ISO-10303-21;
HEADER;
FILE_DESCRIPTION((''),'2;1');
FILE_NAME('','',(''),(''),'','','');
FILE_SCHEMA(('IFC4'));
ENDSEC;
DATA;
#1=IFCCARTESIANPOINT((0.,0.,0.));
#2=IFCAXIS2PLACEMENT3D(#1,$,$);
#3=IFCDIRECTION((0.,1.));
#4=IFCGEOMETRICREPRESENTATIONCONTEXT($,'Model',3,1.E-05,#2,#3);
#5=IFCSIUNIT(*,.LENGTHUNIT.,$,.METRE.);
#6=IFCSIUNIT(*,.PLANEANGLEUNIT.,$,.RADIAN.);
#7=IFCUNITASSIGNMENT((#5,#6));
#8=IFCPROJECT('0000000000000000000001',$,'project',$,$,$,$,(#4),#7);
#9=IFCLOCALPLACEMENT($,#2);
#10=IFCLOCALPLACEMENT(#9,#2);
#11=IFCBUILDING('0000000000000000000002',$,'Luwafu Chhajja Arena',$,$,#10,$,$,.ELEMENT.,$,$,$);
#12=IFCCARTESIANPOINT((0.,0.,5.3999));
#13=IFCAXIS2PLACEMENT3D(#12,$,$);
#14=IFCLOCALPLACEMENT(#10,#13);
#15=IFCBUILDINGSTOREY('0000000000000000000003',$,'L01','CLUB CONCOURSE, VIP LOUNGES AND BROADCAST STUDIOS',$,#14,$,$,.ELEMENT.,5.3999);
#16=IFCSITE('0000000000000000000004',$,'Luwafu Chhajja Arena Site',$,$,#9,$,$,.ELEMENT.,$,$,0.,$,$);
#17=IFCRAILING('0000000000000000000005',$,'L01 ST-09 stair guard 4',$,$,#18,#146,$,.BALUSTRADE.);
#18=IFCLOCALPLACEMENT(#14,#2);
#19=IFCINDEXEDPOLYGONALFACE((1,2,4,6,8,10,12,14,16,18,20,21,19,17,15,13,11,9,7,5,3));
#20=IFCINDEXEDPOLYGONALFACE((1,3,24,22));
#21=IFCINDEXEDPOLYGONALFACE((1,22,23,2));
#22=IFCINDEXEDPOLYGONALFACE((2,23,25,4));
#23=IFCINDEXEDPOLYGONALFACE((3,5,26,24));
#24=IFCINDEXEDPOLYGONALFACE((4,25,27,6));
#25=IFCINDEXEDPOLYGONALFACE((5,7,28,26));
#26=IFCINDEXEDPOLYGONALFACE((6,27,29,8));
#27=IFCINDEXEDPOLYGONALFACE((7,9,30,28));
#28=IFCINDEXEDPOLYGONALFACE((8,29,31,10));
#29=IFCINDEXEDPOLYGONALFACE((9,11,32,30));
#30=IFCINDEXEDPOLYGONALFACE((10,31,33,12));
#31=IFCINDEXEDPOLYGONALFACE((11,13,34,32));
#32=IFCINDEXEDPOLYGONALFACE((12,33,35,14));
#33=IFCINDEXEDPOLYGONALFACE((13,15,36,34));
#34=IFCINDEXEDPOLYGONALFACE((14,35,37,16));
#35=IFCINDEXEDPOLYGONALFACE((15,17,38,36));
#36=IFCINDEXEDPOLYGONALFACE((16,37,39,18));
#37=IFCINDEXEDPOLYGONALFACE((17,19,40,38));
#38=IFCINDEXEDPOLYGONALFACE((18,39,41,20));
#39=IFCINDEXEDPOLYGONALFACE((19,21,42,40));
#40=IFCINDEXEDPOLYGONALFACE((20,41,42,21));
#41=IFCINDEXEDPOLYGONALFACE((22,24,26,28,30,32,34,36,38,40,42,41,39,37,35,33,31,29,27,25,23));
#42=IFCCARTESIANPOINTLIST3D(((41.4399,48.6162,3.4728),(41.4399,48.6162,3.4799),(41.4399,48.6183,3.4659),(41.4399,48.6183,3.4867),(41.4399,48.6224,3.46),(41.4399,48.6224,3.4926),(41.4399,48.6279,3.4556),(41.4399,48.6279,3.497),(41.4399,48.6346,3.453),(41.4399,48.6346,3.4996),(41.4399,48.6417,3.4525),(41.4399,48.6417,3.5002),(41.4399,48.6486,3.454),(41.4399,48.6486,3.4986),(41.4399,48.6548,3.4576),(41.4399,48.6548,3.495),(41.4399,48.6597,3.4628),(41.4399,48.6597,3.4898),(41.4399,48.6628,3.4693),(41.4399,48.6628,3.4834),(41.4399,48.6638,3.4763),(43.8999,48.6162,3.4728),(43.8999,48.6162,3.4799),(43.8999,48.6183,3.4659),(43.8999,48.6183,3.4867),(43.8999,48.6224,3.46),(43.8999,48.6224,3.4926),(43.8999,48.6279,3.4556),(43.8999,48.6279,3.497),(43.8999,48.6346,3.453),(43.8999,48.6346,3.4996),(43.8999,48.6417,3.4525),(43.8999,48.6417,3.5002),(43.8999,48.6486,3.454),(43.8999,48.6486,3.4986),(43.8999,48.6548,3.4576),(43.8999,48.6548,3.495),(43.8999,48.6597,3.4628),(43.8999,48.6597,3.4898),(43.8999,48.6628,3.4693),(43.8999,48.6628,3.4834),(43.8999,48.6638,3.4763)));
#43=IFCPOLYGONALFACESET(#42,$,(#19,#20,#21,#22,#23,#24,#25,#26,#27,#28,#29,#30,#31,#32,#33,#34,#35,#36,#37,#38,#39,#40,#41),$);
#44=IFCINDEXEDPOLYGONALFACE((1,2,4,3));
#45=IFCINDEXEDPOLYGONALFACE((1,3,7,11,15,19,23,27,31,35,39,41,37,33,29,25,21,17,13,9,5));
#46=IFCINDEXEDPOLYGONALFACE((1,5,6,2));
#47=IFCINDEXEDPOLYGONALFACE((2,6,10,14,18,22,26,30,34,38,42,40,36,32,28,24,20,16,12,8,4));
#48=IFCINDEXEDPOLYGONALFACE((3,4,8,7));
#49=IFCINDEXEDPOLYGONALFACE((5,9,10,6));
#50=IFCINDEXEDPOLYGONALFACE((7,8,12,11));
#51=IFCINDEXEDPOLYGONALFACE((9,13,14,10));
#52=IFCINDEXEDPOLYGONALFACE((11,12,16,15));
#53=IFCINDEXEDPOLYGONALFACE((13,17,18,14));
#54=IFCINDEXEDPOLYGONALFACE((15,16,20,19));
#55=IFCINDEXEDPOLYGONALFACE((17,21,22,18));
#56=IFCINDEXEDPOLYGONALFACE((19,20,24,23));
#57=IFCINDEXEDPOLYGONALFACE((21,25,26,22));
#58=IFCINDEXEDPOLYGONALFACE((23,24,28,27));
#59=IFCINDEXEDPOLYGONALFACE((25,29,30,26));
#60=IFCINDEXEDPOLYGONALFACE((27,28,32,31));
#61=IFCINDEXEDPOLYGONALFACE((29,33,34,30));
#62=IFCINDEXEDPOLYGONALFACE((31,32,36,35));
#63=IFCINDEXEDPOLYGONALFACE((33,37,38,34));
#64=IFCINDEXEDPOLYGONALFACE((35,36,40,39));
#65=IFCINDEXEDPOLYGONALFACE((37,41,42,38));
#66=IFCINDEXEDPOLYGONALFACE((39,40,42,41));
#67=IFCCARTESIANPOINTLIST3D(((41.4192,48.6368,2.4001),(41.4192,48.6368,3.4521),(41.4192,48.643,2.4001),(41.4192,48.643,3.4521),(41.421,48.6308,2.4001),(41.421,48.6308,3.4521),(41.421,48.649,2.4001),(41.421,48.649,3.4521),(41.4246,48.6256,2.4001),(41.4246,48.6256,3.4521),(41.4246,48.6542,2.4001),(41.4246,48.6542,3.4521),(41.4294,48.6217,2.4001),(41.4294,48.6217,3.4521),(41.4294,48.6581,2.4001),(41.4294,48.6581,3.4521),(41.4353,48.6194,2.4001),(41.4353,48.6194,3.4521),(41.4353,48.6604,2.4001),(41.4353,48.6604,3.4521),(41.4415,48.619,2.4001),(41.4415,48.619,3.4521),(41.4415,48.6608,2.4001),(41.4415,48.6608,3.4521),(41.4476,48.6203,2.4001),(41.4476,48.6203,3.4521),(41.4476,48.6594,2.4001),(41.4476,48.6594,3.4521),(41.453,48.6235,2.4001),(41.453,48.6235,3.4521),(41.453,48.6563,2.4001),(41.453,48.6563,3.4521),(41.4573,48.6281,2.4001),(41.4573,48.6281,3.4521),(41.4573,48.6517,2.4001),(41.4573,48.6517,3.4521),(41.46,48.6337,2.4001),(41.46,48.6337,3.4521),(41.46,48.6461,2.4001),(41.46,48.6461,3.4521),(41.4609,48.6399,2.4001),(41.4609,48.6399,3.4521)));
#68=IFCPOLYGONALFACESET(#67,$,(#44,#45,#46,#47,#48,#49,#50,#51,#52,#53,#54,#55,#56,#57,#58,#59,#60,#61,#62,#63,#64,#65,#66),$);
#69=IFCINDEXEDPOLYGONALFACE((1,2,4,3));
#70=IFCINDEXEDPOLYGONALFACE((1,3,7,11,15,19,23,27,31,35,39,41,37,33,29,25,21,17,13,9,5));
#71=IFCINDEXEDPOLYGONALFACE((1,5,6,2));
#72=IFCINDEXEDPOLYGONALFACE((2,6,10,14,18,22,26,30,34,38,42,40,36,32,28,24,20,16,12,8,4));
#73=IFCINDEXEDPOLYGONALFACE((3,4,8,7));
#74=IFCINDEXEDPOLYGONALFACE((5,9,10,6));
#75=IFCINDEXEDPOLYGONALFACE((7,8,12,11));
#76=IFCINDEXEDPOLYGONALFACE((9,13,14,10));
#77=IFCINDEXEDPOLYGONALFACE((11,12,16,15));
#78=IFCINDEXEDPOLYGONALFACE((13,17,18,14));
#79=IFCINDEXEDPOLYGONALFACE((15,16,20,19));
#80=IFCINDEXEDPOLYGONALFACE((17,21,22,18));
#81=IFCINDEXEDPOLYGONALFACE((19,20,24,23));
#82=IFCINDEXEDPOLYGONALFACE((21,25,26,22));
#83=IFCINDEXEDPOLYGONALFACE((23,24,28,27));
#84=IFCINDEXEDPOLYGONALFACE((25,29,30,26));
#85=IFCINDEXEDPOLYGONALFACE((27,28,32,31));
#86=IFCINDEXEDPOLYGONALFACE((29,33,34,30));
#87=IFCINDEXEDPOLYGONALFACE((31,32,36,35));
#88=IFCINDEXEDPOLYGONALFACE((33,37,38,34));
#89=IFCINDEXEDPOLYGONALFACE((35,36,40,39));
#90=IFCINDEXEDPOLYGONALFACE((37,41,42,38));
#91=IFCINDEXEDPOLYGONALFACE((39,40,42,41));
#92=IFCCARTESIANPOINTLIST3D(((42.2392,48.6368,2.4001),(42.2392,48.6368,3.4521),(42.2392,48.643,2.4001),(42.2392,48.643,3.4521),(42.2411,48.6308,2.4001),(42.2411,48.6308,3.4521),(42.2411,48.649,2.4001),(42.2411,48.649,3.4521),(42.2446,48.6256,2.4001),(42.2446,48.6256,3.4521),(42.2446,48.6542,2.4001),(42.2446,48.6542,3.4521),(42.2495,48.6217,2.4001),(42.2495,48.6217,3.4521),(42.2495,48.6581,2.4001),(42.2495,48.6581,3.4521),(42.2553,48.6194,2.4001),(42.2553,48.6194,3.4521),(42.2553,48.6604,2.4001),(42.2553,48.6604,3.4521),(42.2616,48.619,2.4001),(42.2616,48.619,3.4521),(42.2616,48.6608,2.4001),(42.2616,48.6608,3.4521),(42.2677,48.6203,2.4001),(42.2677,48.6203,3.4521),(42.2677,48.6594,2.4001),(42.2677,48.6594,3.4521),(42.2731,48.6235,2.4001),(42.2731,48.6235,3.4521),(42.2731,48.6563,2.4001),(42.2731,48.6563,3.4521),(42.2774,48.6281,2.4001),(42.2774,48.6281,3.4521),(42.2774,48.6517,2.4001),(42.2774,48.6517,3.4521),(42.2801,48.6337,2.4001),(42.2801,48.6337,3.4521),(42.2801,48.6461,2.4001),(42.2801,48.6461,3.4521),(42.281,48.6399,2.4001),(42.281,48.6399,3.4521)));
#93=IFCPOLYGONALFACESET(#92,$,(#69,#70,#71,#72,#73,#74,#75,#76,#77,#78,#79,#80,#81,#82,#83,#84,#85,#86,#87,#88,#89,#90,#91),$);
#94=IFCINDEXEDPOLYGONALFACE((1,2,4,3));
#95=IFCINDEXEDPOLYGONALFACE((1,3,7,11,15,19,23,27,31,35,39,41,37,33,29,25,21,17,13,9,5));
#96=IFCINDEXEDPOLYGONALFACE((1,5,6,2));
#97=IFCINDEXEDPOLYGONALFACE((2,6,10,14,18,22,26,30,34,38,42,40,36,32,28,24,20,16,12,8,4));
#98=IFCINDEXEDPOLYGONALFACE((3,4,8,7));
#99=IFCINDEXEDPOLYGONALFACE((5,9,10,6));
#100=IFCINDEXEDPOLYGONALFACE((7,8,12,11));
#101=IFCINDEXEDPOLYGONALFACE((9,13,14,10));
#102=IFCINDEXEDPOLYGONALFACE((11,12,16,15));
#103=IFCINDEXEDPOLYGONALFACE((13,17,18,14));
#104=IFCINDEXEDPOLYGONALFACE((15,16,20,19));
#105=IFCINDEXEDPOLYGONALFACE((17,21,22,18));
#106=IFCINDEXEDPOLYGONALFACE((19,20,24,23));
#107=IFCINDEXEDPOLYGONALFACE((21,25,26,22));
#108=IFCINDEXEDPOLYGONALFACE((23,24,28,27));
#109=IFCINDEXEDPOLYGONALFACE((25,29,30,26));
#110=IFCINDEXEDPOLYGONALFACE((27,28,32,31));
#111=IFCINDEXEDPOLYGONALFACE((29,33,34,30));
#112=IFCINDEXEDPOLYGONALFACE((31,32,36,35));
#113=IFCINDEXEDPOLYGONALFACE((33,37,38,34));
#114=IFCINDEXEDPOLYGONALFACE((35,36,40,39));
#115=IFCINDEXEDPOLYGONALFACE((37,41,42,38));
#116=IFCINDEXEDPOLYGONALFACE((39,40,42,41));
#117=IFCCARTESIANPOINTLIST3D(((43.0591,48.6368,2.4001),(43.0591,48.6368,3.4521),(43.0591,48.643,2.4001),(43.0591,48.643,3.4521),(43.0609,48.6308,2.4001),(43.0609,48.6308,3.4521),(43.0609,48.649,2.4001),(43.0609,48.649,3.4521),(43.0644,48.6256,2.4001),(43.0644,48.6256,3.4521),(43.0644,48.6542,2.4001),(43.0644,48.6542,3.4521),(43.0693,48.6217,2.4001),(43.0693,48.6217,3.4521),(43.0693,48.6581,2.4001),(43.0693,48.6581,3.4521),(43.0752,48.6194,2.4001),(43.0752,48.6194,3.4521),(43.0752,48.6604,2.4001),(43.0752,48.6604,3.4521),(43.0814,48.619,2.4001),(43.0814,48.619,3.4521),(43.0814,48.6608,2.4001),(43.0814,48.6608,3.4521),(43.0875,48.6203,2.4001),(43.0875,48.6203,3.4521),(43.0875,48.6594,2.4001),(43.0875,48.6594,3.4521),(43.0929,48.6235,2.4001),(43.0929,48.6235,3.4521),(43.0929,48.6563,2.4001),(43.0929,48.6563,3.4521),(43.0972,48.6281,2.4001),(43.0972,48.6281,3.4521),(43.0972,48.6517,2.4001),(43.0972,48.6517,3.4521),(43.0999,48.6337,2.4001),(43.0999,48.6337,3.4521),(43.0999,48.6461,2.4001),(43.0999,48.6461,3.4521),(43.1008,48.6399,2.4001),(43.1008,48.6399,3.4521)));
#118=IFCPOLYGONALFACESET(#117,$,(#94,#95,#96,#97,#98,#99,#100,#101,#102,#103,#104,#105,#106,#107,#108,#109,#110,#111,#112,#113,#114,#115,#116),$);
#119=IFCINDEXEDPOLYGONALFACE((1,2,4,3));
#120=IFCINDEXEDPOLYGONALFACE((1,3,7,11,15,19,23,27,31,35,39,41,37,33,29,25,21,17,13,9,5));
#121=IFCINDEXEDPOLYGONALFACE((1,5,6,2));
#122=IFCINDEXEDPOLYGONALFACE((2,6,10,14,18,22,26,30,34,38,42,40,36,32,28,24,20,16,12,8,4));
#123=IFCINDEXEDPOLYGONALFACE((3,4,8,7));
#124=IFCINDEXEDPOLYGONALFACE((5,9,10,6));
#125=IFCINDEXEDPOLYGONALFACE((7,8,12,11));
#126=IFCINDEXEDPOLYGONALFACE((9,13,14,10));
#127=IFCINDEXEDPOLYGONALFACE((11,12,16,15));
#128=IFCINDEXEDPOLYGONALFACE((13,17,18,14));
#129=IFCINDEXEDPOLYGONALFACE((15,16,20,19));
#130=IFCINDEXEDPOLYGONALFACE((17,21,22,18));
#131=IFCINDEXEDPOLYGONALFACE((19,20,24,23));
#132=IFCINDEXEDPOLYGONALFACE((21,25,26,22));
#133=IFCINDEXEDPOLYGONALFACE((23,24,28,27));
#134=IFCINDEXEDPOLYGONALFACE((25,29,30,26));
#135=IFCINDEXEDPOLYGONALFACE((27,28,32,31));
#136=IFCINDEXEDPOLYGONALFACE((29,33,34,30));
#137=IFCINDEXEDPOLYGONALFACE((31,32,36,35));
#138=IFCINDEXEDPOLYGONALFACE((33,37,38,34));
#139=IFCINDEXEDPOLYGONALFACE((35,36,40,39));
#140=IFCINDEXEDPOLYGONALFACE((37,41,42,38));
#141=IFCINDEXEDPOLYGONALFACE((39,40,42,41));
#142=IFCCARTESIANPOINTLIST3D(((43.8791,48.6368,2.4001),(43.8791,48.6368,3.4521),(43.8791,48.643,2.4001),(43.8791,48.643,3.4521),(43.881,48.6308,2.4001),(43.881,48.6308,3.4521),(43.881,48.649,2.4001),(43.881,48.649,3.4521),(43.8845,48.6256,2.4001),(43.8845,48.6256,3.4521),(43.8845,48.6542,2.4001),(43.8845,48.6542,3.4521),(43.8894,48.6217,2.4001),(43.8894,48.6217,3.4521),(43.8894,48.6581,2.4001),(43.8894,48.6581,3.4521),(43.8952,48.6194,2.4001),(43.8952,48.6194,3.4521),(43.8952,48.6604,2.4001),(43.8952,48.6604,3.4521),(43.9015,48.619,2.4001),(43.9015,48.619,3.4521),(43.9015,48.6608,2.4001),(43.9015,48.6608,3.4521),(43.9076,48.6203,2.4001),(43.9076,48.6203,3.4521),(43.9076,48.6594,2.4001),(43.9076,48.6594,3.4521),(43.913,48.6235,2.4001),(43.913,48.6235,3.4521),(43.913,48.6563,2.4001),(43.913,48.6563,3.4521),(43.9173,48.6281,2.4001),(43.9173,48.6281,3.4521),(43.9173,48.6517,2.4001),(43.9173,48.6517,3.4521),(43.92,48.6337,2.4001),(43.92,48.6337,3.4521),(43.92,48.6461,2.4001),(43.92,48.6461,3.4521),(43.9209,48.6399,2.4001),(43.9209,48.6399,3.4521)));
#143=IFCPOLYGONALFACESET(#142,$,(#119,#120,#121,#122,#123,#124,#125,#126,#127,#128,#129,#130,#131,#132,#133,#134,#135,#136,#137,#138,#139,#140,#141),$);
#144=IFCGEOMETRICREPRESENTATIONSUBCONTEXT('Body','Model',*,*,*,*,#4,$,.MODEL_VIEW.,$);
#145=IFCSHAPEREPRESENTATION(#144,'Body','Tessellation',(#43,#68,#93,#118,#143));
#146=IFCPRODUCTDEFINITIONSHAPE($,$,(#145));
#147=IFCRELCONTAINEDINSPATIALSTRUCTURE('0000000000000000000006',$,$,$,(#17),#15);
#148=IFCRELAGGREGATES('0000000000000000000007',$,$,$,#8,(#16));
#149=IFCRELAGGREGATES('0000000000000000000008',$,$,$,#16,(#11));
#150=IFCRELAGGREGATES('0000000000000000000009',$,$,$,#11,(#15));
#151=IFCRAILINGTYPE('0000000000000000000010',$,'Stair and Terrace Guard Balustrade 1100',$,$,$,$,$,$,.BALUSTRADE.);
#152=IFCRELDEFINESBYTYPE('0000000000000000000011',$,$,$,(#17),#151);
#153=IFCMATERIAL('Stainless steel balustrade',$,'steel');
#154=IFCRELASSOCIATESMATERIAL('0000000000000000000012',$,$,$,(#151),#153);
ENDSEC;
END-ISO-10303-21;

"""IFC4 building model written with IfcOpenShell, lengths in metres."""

from ifc_helpers import new_model, si_unit, direction, frame, origin, origin_2d, place, context, subcontext, project, spatial, circle, extrude, material, type_object, element, save


model = new_model("IFC4")

# Units and contexts
model_context = context("Model", 3, precision=1e-05, world=origin(), true_north=direction((0.0, 1.0)))
body_context = subcontext(model_context, "Body", "Model", "MODEL_VIEW")
ifc_project = project(units=[si_unit("LENGTHUNIT", "METRE"), si_unit("PLANEANGLEUNIT", "RADIAN")], contexts=[model_context])

# Site, building, storey
site_placement = place(None, origin())
site = spatial("IfcSite", under=ifc_project, at=site_placement, Name="Luwafu Chhajja Arena Site", CompositionType="ELEMENT", RefElevation=0.0)
building_placement = place(site_placement, origin())
building = spatial("IfcBuilding", under=site, at=building_placement, Name="Luwafu Chhajja Arena", CompositionType="ELEMENT")
storey_placement = place(building_placement, frame((0.0, 0.0, 5.3999)))
storey = spatial("IfcBuildingStorey", under=building, at=storey_placement, Name="L01", Description="CLUB CONCOURSE, VIP LOUNGES AND BROADCAST STUDIOS", CompositionType="ELEMENT", Elevation=5.3999)

# Railing
ifc_material_1 = material(Name="Stainless steel balustrade", Category="steel")
railing_type_1 = type_object("IfcRailingType", Name="Stair and Terrace Guard Balustrade 1100", PredefinedType="BALUSTRADE", material=ifc_material_1)
railing_1_placement = place(storey_placement, frame((41.4399, 48.6399, 2.4001)))
element("IfcRailing", 1, at=railing_1_placement, inside=storey, type_object=railing_type_1, Name="L01 ST-09 stair guard 4", PredefinedType="BALUSTRADE", context=body_context, shape_type="SweptSolid", body=[
    extrude(circle(Radius=0.0239, at=origin_2d()), frame((0.0, 0.0, 1.0762), z_axis=(1.0, 0.0, 0.0), x_axis=(0.0, 1.0, 0.0)), (0.0, 0.0, 1.0), 2.46),
    extrude(circle(Radius=0.021, at=origin_2d()), origin(), (0.0, 0.0, 1.0), 1.052),
    extrude(circle(Radius=0.021, at=origin_2d()), frame((0.8201, 0.0, 0.0)), (0.0, 0.0, 1.0), 1.052),
    extrude(circle(Radius=0.021, at=origin_2d()), frame((1.6399, 0.0, 0.0)), (0.0, 0.0, 1.0), 1.052),
    extrude(circle(Radius=0.021, at=origin_2d()), frame((2.46, 0.0, 0.0)), (0.0, 0.0, 1.0), 1.052),
])

save(model, "model.ifc")
